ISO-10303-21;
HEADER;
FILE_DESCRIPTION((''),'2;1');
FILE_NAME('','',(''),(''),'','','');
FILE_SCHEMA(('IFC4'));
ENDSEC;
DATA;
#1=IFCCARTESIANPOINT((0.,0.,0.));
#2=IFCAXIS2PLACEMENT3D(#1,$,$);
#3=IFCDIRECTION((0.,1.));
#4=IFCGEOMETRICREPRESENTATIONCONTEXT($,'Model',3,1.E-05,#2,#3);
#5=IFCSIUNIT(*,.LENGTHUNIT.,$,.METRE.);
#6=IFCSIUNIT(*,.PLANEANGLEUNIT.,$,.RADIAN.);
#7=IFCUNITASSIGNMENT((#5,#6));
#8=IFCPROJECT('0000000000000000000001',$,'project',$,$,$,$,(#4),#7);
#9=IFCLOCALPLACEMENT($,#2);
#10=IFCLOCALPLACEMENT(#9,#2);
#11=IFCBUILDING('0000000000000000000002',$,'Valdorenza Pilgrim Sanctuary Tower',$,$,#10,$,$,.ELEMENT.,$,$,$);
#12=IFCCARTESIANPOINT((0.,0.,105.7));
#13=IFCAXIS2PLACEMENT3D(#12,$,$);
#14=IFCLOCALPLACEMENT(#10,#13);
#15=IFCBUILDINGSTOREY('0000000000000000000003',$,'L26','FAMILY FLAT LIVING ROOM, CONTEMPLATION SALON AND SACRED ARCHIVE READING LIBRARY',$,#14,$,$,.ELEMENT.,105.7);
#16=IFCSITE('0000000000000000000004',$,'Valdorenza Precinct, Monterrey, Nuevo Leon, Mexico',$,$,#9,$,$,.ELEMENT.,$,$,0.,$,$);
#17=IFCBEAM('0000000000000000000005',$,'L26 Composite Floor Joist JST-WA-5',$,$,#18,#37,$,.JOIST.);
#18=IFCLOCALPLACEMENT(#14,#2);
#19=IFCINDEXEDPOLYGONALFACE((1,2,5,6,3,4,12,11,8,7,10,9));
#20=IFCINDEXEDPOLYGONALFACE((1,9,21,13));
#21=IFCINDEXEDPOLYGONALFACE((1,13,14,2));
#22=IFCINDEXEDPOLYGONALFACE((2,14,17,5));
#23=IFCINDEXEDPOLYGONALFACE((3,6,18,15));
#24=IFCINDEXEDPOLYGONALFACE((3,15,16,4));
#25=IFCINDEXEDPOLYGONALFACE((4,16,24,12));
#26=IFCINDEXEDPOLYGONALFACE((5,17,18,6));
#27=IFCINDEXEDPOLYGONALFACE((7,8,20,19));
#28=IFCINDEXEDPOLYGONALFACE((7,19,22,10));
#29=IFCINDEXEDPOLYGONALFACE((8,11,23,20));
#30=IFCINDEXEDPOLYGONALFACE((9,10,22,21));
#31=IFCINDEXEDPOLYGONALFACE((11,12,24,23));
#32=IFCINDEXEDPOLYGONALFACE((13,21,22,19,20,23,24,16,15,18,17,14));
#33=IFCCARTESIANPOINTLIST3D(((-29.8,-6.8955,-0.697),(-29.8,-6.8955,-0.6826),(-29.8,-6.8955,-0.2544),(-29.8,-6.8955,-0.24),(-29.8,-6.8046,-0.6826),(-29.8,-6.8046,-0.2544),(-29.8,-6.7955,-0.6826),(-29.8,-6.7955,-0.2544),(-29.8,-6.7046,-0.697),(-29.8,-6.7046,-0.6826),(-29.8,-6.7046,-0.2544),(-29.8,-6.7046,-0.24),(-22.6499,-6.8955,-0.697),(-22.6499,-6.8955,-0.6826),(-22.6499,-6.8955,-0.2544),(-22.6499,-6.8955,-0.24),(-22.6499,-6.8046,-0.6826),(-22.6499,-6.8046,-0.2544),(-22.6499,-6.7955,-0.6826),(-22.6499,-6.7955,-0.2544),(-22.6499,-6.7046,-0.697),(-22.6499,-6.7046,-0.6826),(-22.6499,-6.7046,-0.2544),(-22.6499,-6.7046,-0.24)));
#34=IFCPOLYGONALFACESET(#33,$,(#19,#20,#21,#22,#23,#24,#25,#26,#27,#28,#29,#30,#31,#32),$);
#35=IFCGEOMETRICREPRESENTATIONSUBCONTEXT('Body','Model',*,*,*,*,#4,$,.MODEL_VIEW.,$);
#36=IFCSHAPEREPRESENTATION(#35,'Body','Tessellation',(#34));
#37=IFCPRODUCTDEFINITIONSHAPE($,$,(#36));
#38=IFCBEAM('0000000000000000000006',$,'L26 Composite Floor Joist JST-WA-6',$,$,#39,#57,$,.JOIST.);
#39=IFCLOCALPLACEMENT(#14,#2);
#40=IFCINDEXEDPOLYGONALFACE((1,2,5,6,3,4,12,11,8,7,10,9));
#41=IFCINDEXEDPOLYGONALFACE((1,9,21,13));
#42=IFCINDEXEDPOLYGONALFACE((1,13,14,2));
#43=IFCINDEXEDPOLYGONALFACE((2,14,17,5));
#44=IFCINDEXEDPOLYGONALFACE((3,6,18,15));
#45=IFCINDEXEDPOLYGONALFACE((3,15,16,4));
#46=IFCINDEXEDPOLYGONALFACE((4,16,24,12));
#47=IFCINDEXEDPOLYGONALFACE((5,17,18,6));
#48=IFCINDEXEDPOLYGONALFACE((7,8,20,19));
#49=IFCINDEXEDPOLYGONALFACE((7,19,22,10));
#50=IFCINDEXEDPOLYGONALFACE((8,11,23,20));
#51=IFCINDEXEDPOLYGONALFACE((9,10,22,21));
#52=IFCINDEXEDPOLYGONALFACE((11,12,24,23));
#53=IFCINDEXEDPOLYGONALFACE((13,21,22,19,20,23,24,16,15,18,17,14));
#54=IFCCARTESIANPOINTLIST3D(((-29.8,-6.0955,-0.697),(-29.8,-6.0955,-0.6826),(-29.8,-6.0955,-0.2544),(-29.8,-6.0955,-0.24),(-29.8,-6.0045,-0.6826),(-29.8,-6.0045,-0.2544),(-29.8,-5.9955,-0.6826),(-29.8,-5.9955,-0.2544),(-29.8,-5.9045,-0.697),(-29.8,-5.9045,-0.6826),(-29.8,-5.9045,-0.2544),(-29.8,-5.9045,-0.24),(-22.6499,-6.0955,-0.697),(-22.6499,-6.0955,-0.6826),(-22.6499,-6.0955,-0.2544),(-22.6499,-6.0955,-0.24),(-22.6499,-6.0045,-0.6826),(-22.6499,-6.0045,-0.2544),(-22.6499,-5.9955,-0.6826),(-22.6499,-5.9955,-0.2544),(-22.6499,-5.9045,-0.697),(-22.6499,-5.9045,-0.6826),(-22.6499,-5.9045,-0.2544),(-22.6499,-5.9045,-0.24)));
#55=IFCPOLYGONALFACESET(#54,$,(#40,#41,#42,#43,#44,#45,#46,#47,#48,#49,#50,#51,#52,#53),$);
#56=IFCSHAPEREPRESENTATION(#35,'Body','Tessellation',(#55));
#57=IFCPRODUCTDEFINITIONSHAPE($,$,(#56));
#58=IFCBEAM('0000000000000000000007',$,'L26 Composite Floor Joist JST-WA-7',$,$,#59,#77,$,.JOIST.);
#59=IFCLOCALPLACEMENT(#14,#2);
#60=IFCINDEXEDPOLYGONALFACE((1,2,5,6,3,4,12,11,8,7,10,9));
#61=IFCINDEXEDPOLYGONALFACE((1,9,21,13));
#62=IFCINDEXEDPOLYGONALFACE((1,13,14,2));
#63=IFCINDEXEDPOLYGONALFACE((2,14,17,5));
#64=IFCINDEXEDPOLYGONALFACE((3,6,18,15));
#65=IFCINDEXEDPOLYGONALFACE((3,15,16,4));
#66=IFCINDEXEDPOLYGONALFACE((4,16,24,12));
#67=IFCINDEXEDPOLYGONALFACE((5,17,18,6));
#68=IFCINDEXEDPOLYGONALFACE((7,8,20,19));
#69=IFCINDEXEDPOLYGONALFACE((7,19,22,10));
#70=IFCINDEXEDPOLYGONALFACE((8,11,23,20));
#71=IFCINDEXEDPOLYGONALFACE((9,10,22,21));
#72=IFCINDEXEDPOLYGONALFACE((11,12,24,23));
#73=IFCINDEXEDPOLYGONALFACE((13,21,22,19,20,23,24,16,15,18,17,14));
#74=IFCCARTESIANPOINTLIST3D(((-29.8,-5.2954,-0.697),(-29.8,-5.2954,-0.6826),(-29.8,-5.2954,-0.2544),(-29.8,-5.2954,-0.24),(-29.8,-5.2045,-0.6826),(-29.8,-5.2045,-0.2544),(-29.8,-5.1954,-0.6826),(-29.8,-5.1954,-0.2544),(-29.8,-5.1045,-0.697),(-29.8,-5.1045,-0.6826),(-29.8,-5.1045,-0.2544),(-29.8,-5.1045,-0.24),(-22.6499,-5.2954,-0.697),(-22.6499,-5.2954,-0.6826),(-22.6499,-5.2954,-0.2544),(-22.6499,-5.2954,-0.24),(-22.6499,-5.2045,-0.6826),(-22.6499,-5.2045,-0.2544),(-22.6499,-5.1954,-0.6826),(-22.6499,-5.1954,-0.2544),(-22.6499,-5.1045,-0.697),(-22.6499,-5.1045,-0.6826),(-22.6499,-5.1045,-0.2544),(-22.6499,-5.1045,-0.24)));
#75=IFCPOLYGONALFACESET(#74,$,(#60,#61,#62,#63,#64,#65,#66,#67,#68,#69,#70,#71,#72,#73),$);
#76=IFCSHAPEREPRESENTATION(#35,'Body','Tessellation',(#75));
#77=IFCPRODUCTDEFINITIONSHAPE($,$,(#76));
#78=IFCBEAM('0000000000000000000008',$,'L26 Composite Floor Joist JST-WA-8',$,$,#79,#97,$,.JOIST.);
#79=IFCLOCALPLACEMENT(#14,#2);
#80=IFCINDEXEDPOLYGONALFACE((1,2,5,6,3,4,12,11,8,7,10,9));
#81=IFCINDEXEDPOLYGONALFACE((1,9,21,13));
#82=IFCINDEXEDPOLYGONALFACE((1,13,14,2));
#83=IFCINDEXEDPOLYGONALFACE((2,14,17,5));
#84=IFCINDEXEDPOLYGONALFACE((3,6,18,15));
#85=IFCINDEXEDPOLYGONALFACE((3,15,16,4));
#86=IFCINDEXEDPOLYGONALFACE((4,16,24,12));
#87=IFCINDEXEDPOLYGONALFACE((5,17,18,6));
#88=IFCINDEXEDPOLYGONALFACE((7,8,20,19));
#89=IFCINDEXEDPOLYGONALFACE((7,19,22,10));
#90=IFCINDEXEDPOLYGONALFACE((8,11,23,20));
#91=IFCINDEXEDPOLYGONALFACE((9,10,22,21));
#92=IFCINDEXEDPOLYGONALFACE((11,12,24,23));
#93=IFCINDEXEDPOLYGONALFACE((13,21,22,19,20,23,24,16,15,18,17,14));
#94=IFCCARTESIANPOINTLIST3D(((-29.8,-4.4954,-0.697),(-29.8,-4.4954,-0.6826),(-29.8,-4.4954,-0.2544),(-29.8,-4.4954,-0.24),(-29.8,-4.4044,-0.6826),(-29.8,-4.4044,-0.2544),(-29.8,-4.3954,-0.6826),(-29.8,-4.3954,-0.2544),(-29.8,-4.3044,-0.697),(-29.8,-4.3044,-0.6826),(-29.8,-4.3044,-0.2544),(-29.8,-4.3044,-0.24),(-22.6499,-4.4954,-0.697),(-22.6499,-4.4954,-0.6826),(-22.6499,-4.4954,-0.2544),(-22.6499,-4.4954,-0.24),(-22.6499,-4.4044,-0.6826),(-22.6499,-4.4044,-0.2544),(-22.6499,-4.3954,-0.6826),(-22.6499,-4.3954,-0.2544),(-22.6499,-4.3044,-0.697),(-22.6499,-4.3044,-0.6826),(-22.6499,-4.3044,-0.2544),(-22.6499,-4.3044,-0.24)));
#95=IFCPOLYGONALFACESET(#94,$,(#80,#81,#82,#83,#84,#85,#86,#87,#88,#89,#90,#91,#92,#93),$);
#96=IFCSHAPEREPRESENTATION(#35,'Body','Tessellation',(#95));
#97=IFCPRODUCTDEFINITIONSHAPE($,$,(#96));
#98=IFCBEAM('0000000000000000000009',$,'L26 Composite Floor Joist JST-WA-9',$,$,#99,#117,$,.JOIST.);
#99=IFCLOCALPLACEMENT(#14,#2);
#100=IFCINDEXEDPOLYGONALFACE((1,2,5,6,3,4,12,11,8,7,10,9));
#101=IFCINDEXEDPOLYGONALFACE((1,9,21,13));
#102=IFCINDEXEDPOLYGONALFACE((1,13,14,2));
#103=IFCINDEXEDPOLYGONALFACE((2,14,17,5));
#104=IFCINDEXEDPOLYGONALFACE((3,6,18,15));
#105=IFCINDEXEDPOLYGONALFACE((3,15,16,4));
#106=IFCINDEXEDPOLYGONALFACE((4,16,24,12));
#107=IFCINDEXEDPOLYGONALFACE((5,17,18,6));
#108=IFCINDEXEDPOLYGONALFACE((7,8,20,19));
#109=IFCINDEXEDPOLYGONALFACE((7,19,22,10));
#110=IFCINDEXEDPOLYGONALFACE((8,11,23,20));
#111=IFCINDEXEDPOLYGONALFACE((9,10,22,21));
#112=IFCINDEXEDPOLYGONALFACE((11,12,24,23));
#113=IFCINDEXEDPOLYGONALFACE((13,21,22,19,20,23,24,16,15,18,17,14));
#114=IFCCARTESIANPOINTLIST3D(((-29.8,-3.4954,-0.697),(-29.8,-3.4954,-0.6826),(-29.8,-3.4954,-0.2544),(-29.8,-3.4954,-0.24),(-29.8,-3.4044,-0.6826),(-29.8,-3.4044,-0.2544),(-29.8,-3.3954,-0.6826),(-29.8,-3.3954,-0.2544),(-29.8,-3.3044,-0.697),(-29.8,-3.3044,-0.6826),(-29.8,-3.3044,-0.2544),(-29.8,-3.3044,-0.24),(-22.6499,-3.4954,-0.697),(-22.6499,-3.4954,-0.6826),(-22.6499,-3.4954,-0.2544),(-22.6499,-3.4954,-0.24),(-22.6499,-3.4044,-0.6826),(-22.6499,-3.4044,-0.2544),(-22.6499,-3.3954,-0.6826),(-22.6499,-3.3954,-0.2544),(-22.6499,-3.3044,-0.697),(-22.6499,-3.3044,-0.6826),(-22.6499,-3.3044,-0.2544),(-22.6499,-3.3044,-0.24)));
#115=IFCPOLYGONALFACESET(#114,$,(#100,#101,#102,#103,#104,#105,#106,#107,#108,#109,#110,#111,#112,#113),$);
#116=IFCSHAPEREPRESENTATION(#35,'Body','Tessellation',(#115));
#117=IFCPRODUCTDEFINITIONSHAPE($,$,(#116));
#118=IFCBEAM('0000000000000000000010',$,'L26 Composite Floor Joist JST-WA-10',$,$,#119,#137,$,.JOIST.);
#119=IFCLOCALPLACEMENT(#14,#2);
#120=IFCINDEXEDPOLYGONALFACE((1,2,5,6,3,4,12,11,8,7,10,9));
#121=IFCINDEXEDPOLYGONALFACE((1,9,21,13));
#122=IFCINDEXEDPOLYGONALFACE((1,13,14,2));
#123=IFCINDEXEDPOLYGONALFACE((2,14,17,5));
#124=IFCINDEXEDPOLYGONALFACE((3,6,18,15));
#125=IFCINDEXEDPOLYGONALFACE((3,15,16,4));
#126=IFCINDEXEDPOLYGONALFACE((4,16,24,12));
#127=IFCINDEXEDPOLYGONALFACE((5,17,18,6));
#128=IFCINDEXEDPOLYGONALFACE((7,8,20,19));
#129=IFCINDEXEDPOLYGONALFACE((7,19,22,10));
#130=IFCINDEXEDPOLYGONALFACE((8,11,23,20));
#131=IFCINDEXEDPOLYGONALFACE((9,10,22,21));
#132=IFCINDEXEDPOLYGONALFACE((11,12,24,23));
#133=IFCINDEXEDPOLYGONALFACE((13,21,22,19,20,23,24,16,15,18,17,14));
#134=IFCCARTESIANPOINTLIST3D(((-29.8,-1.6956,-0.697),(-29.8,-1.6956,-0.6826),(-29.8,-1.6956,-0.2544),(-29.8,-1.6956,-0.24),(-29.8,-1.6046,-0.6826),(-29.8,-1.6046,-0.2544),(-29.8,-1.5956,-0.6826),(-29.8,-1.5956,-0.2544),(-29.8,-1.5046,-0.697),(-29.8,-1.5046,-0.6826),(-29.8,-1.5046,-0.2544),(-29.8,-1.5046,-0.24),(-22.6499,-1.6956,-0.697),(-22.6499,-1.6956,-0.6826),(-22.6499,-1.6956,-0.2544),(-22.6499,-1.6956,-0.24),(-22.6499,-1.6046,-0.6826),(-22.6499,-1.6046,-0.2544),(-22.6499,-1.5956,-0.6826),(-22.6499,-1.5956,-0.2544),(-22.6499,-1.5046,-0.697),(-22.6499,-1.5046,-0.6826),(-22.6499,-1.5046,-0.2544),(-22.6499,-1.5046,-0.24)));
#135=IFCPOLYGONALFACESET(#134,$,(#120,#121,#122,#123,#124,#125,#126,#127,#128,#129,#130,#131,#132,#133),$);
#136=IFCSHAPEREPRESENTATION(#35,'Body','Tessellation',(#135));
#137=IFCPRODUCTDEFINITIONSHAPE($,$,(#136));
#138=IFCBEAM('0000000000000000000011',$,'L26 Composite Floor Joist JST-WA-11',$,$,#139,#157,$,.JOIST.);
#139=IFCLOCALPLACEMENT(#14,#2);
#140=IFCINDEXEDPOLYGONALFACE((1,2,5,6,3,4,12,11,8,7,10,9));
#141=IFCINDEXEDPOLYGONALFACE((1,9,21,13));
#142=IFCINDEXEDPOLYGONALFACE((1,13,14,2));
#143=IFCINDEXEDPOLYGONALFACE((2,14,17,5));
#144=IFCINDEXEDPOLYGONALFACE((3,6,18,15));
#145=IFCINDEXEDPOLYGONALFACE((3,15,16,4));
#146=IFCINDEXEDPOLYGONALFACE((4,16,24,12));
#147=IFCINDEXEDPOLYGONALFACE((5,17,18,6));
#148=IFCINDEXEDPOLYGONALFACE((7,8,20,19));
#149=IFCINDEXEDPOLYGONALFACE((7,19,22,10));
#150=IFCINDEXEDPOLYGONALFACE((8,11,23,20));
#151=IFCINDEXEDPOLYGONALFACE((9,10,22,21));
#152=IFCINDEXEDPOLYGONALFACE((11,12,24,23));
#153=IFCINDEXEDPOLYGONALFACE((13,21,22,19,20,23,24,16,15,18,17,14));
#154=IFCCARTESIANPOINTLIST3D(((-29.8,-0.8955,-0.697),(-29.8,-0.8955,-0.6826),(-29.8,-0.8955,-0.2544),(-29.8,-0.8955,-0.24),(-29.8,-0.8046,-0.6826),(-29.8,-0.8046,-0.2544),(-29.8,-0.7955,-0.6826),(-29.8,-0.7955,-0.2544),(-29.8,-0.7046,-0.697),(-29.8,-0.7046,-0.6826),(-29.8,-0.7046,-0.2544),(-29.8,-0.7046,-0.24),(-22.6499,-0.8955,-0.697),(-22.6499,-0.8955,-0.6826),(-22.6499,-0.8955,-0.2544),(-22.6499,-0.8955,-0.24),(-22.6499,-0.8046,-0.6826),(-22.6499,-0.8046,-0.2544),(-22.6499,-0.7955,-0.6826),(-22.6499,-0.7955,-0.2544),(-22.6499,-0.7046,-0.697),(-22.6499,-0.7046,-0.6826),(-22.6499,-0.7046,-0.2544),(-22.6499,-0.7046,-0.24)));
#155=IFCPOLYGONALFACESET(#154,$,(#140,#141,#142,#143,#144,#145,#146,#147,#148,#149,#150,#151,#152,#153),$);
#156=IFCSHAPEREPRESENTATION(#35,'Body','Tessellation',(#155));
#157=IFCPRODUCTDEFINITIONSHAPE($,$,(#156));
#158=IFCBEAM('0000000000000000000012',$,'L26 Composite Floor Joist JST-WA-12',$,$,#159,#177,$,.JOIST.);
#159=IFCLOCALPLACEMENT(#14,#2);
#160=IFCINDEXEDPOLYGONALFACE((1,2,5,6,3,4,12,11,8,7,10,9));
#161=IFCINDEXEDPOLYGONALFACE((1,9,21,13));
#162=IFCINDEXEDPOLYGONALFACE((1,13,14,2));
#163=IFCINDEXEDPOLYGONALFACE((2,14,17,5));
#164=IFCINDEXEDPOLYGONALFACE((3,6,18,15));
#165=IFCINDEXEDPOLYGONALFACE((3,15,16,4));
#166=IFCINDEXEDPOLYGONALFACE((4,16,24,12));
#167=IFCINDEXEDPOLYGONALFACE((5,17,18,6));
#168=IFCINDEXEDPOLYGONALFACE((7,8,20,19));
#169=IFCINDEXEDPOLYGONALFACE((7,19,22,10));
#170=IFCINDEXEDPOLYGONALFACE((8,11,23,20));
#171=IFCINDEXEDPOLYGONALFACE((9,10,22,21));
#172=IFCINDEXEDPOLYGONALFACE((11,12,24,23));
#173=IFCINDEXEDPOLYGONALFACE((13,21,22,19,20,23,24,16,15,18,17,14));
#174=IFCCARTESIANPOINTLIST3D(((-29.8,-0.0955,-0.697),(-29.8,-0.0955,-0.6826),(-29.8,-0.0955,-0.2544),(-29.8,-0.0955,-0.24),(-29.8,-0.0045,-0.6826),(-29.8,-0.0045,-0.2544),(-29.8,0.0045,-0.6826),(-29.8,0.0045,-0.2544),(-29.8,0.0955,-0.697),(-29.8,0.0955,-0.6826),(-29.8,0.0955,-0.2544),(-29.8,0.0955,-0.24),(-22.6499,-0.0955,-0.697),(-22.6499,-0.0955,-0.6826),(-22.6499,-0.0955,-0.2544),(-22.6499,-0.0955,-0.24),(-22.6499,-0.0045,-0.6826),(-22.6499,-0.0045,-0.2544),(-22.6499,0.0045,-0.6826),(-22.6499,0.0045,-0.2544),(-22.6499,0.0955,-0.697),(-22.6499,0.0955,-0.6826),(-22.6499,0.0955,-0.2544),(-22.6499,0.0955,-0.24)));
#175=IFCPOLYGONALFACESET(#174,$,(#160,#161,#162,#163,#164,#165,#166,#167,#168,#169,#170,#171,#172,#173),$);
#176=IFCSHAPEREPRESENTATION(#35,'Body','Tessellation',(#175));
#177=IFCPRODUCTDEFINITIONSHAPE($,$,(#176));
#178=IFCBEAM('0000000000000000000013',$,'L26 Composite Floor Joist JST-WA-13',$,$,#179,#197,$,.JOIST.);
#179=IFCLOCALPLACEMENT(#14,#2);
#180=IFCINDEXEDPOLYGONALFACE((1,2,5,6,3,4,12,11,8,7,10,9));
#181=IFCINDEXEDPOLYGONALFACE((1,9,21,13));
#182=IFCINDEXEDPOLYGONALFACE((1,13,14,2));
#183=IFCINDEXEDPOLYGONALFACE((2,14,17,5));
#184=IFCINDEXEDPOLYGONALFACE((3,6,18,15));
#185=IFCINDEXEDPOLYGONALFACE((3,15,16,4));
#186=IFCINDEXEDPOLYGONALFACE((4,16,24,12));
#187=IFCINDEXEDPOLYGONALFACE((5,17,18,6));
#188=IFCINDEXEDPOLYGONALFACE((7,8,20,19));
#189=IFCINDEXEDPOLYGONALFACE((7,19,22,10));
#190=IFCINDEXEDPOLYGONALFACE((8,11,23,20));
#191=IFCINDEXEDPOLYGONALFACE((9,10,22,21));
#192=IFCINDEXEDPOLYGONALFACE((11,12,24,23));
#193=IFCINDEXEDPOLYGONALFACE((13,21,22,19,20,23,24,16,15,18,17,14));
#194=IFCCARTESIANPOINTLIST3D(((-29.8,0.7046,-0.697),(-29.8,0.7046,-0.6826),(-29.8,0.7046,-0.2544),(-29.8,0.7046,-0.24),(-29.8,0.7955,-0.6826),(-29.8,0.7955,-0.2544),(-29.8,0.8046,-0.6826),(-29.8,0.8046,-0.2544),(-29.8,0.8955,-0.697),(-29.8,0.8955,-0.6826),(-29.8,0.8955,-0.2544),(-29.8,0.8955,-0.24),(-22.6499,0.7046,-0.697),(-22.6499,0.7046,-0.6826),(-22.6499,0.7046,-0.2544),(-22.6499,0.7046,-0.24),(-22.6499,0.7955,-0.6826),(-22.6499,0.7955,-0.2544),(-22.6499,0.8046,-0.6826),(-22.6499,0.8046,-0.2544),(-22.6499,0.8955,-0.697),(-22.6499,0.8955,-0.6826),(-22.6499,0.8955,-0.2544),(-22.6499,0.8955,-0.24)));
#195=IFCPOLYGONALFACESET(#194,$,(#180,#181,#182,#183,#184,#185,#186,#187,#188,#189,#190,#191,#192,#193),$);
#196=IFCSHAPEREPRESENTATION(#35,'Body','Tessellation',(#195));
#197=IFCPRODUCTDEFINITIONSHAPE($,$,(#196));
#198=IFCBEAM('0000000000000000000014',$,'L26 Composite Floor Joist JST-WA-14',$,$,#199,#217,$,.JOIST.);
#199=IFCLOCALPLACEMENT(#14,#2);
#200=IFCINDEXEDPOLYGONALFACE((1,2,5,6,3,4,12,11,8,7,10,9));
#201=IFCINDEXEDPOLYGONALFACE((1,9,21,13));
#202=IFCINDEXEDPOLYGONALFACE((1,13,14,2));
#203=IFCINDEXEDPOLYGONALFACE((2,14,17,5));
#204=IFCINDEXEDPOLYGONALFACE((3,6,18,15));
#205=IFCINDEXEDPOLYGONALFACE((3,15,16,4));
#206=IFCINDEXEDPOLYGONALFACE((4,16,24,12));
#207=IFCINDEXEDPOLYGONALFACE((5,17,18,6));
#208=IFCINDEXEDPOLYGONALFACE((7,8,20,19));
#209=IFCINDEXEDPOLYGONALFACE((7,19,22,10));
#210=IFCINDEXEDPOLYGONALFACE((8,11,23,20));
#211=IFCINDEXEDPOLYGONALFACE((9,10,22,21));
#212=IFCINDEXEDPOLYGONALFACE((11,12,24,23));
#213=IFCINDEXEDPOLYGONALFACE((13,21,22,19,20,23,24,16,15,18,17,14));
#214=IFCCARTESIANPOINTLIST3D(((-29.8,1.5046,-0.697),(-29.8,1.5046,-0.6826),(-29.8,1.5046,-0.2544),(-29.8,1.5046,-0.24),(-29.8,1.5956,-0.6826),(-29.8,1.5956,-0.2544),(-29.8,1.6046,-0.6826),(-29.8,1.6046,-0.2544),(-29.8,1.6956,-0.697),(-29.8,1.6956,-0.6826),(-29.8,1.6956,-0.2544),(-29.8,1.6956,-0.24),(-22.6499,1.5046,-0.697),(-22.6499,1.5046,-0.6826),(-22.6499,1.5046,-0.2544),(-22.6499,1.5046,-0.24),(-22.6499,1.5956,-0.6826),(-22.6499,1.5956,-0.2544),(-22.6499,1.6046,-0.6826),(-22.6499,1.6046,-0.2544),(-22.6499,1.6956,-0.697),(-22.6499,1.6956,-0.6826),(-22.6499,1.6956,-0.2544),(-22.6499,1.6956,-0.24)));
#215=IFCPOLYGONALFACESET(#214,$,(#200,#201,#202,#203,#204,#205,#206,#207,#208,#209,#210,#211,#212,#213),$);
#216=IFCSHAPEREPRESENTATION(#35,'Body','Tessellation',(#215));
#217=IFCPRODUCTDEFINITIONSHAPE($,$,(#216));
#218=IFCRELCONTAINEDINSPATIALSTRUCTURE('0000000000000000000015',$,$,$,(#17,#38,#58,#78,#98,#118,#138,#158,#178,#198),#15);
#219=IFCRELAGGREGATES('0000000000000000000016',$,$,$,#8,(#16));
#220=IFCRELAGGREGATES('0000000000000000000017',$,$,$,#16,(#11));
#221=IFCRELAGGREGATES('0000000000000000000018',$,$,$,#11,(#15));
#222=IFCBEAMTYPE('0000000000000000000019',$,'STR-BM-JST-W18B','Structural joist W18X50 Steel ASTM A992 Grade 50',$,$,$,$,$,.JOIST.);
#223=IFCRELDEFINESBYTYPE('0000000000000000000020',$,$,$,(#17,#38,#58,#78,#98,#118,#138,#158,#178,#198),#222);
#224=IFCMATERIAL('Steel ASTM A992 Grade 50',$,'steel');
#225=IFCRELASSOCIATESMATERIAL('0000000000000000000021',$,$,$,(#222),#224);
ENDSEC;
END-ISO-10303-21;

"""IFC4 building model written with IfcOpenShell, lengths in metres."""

from ifc_helpers import new_model, si_unit, direction, frame, origin, origin_2d, place, context, subcontext, project, spatial, i_section, extrude, source, transform, mapped, material, material_profile, profile_set, type_object, element, save


model = new_model("IFC4")

# Units and contexts
model_context = context("Model", 3, precision=1e-05, world=origin(), true_north=direction((0.0, 1.0)))
body_context = subcontext(model_context, "Body", "Model", "MODEL_VIEW")
ifc_project = project(units=[si_unit("LENGTHUNIT", "METRE"), si_unit("PLANEANGLEUNIT", "RADIAN")], contexts=[model_context])

# Site, building, storey
site_placement = place(None, origin())
site = spatial("IfcSite", under=ifc_project, at=site_placement, Name="Valdorenza Precinct, Monterrey, Nuevo Leon, Mexico", CompositionType="ELEMENT", RefElevation=0.0)
building_placement = place(site_placement, origin())
building = spatial("IfcBuilding", under=site, at=building_placement, Name="Valdorenza Pilgrim Sanctuary Tower", CompositionType="ELEMENT")
storey_placement = place(building_placement, frame((0.0, 0.0, 105.7)))
storey = spatial("IfcBuildingStorey", under=building, at=storey_placement, Name="L26", Description="FAMILY FLAT LIVING ROOM, CONTEMPLATION SALON AND SACRED ARCHIVE READING LIBRARY", CompositionType="ELEMENT", Elevation=105.7)

# Beams
ifc_material_1 = material(Name="Steel ASTM A992 Grade 50", Category="steel")
ifc_material_profile_1 = material_profile(ifc_material_1, i_section(OverallWidth=0.1909, OverallDepth=0.457, WebThickness=0.009, FlangeThickness=0.0144, at=origin_2d()), Name="W18X50")
ifc_profile_set_1 = profile_set([ifc_material_profile_1], Name="Steel ASTM A992 Grade 50")
beam_type_1 = type_object("IfcBeamType", Name="STR-BM-JST-W18B", Description="Structural joist W18X50 Steel ASTM A992 Grade 50", PredefinedType="JOIST", material=ifc_profile_set_1)
shared_shape_1 = source(origin(), body_context, "Body", "SweptSolid", [
    extrude(i_section(OverallWidth=0.1909, OverallDepth=0.457, WebThickness=0.009, FlangeThickness=0.0144, at=origin_2d()), origin(), (0.0, 0.0, 1.0), 7.1501),
])
for number, where, z_axis, x_axis, name in (
    (1, (-29.8, -6.8, -0.4685), (1.0, 0.0, 0.0), (0.0, 1.0, 0.0), "L26 Composite Floor Joist JST-WA-5"),
    (2, (-29.8, -6.0, -0.4685), (1.0, 0.0, 0.0), (0.0, 1.0, 0.0), "L26 Composite Floor Joist JST-WA-6"),
    (3, (-29.8, -5.2, -0.4685), (1.0, 0.0, 0.0), (0.0, 1.0, 0.0), "L26 Composite Floor Joist JST-WA-7"),
    (4, (-29.8, -4.3999, -0.4685), (1.0, 0.0, 0.0), (0.0, 1.0, 0.0), "L26 Composite Floor Joist JST-WA-8"),
    (5, (-29.8, -3.3999, -0.4685), (1.0, 0.0, 0.0), (0.0, 1.0, 0.0), "L26 Composite Floor Joist JST-WA-9"),
    (6, (-29.8, -1.6001, -0.4685), (1.0, 0.0, 0.0), (0.0, 1.0, 0.0), "L26 Composite Floor Joist JST-WA-10"),
    (7, (-29.8, -0.8, -0.4685), (1.0, 0.0, 0.0), (0.0, 1.0, 0.0), "L26 Composite Floor Joist JST-WA-11"),
    (8, (-29.8, 0.0, -0.4685), (1.0, 0.0, 0.0), (0.0, 1.0, 0.0), "L26 Composite Floor Joist JST-WA-12"),
    (9, (-29.8, 0.8, -0.4685), (1.0, 0.0, 0.0), (0.0, 1.0, 0.0), "L26 Composite Floor Joist JST-WA-13"),
    (10, (-29.8, 1.6001, -0.4685), (1.0, 0.0, 0.0), (0.0, 1.0, 0.0), "L26 Composite Floor Joist JST-WA-14"),
):
    element("IfcBeam", number, at=place(storey_placement, frame(where, z_axis=z_axis, x_axis=x_axis)), inside=storey, type_object=beam_type_1, Name=name, PredefinedType="JOIST", context=body_context, shape_type="MappedRepresentation", body=[
        mapped(shared_shape_1, transform((0.0, 0.0, 0.0), x_axis=(1.0, 0.0, 0.0), y_axis=(0.0, 1.0, 0.0), z_axis=(0.0, 0.0, 1.0), scale=1.0)),
    ])

save(model, "model.ifc")
